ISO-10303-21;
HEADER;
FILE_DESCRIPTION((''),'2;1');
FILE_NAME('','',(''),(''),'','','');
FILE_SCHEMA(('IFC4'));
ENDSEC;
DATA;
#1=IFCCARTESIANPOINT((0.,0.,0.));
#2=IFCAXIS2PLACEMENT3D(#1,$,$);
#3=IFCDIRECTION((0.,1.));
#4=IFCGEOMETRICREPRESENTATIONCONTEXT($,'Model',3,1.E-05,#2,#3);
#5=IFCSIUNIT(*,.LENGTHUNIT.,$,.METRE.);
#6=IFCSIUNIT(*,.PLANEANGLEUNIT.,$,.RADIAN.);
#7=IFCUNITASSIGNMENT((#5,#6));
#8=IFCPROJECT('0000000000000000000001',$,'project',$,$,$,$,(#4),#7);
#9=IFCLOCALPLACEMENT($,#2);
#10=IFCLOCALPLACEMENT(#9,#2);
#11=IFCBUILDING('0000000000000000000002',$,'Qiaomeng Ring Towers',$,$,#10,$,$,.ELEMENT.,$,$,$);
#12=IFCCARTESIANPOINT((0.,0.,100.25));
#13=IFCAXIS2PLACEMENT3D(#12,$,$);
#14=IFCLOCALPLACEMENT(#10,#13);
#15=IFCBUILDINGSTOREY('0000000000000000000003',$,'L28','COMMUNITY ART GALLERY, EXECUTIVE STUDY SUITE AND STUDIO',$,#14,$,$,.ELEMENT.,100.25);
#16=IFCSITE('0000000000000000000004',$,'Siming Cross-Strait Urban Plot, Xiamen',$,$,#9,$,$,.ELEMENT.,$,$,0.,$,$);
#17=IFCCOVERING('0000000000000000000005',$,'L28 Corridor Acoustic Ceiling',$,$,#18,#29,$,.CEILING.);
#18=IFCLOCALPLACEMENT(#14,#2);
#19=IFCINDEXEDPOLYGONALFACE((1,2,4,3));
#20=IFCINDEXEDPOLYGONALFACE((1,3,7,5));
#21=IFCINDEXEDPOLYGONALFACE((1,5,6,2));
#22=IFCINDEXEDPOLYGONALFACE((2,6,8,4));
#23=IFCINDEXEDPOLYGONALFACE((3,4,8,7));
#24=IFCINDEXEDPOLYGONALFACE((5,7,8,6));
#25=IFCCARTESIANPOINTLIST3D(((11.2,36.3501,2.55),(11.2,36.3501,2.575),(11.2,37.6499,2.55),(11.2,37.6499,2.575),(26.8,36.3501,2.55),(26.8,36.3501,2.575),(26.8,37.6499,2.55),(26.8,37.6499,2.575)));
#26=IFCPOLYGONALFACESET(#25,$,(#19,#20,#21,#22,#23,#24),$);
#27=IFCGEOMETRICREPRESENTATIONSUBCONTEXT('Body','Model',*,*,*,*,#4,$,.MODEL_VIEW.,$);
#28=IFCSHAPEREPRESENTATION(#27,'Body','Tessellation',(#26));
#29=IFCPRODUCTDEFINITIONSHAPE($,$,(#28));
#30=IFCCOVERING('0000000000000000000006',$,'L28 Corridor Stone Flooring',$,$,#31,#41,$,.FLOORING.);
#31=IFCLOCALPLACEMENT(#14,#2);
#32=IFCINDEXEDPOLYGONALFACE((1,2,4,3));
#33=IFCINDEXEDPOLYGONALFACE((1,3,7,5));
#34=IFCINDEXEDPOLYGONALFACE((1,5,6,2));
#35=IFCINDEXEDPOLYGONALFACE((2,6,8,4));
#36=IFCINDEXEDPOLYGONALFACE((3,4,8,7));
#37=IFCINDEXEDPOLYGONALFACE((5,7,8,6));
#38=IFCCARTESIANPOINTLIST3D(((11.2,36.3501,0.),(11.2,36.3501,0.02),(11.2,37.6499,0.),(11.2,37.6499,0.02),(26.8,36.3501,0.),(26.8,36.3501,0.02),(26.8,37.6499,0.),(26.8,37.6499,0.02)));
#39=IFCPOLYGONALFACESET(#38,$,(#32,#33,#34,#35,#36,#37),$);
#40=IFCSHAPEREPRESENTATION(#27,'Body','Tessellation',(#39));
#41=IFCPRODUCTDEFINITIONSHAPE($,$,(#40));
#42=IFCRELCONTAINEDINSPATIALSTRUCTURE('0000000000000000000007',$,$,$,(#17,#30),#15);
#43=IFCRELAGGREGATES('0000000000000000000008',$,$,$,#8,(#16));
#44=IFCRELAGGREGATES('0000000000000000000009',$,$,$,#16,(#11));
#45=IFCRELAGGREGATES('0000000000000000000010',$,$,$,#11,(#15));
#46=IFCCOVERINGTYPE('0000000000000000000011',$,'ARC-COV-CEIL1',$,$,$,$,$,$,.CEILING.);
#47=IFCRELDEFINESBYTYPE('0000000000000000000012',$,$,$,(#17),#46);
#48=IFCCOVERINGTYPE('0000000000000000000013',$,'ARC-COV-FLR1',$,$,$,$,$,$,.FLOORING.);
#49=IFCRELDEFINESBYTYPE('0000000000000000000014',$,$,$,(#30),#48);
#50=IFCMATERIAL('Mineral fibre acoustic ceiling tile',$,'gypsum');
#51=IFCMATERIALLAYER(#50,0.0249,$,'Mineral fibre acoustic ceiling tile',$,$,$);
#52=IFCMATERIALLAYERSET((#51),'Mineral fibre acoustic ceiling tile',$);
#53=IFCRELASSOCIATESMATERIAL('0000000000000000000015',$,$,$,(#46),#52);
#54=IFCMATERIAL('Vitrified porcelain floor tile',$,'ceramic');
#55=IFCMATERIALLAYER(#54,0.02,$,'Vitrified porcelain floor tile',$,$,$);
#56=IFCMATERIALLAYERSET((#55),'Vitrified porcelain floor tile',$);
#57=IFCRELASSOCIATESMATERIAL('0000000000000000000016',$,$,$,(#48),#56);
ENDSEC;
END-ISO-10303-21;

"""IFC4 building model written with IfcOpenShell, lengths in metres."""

from ifc_helpers import new_model, si_unit, direction, frame, origin, place, context, subcontext, project, spatial, polyline, outline, extrude, material, layer, layer_set, type_object, element, save


model = new_model("IFC4")

# Units and contexts
model_context = context("Model", 3, precision=1e-05, world=origin(), true_north=direction((0.0, 1.0)))
body_context = subcontext(model_context, "Body", "Model", "MODEL_VIEW")
ifc_project = project(units=[si_unit("LENGTHUNIT", "METRE"), si_unit("PLANEANGLEUNIT", "RADIAN")], contexts=[model_context])

# Site, building, storey
site_placement = place(None, origin())
site = spatial("IfcSite", under=ifc_project, at=site_placement, Name="Siming Cross-Strait Urban Plot, Xiamen", CompositionType="ELEMENT", RefElevation=0.0)
building_placement = place(site_placement, origin())
building = spatial("IfcBuilding", under=site, at=building_placement, Name="Qiaomeng Ring Towers", CompositionType="ELEMENT")
storey_placement = place(building_placement, frame((0.0, 0.0, 100.25)))
storey = spatial("IfcBuildingStorey", under=building, at=storey_placement, Name="L28", Description="COMMUNITY ART GALLERY, EXECUTIVE STUDY SUITE AND STUDIO", CompositionType="ELEMENT", Elevation=100.25)

# Coverings
ifc_material_1 = material(Name="Mineral fibre acoustic ceiling tile", Category="gypsum")
ifc_layer_1 = layer(ifc_material_1, 0.0249, Name="Mineral fibre acoustic ceiling tile")
ifc_layer_set_1 = layer_set([ifc_layer_1], Name="Mineral fibre acoustic ceiling tile")
covering_type_1 = type_object("IfcCoveringType", Name="ARC-COV-CEIL1", PredefinedType="CEILING", material=ifc_layer_set_1)
covering_1_placement = place(storey_placement, frame((0.0, 0.0, 2.55)))
element("IfcCovering", 1, at=covering_1_placement, inside=storey, type_object=covering_type_1, Name="L28 Corridor Acoustic Ceiling", PredefinedType="CEILING", context=body_context, shape_type="SweptSolid", body=[
    extrude(outline(polyline([(11.2, 36.3501), (11.2, 37.6499), (26.8, 37.6499), (26.8, 36.3501), (11.2, 36.3501)])), origin(), (0.0, 0.0, 1.0), 0.0249),
])
ifc_material_2 = material(Name="Vitrified porcelain floor tile", Category="ceramic")
ifc_layer_2 = layer(ifc_material_2, 0.02, Name="Vitrified porcelain floor tile")
ifc_layer_set_2 = layer_set([ifc_layer_2], Name="Vitrified porcelain floor tile")
covering_type_2 = type_object("IfcCoveringType", Name="ARC-COV-FLR1", PredefinedType="FLOORING", material=ifc_layer_set_2)
covering_2_placement = place(storey_placement, origin())
element("IfcCovering", 2, at=covering_2_placement, inside=storey, type_object=covering_type_2, Name="L28 Corridor Stone Flooring", PredefinedType="FLOORING", context=body_context, shape_type="SweptSolid", body=[
    extrude(outline(polyline([(11.2, 36.3501), (11.2, 37.6499), (26.8, 37.6499), (26.8, 36.3501), (11.2, 36.3501)])), origin(), (0.0, 0.0, 1.0), 0.02),
])

save(model, "model.ifc")
